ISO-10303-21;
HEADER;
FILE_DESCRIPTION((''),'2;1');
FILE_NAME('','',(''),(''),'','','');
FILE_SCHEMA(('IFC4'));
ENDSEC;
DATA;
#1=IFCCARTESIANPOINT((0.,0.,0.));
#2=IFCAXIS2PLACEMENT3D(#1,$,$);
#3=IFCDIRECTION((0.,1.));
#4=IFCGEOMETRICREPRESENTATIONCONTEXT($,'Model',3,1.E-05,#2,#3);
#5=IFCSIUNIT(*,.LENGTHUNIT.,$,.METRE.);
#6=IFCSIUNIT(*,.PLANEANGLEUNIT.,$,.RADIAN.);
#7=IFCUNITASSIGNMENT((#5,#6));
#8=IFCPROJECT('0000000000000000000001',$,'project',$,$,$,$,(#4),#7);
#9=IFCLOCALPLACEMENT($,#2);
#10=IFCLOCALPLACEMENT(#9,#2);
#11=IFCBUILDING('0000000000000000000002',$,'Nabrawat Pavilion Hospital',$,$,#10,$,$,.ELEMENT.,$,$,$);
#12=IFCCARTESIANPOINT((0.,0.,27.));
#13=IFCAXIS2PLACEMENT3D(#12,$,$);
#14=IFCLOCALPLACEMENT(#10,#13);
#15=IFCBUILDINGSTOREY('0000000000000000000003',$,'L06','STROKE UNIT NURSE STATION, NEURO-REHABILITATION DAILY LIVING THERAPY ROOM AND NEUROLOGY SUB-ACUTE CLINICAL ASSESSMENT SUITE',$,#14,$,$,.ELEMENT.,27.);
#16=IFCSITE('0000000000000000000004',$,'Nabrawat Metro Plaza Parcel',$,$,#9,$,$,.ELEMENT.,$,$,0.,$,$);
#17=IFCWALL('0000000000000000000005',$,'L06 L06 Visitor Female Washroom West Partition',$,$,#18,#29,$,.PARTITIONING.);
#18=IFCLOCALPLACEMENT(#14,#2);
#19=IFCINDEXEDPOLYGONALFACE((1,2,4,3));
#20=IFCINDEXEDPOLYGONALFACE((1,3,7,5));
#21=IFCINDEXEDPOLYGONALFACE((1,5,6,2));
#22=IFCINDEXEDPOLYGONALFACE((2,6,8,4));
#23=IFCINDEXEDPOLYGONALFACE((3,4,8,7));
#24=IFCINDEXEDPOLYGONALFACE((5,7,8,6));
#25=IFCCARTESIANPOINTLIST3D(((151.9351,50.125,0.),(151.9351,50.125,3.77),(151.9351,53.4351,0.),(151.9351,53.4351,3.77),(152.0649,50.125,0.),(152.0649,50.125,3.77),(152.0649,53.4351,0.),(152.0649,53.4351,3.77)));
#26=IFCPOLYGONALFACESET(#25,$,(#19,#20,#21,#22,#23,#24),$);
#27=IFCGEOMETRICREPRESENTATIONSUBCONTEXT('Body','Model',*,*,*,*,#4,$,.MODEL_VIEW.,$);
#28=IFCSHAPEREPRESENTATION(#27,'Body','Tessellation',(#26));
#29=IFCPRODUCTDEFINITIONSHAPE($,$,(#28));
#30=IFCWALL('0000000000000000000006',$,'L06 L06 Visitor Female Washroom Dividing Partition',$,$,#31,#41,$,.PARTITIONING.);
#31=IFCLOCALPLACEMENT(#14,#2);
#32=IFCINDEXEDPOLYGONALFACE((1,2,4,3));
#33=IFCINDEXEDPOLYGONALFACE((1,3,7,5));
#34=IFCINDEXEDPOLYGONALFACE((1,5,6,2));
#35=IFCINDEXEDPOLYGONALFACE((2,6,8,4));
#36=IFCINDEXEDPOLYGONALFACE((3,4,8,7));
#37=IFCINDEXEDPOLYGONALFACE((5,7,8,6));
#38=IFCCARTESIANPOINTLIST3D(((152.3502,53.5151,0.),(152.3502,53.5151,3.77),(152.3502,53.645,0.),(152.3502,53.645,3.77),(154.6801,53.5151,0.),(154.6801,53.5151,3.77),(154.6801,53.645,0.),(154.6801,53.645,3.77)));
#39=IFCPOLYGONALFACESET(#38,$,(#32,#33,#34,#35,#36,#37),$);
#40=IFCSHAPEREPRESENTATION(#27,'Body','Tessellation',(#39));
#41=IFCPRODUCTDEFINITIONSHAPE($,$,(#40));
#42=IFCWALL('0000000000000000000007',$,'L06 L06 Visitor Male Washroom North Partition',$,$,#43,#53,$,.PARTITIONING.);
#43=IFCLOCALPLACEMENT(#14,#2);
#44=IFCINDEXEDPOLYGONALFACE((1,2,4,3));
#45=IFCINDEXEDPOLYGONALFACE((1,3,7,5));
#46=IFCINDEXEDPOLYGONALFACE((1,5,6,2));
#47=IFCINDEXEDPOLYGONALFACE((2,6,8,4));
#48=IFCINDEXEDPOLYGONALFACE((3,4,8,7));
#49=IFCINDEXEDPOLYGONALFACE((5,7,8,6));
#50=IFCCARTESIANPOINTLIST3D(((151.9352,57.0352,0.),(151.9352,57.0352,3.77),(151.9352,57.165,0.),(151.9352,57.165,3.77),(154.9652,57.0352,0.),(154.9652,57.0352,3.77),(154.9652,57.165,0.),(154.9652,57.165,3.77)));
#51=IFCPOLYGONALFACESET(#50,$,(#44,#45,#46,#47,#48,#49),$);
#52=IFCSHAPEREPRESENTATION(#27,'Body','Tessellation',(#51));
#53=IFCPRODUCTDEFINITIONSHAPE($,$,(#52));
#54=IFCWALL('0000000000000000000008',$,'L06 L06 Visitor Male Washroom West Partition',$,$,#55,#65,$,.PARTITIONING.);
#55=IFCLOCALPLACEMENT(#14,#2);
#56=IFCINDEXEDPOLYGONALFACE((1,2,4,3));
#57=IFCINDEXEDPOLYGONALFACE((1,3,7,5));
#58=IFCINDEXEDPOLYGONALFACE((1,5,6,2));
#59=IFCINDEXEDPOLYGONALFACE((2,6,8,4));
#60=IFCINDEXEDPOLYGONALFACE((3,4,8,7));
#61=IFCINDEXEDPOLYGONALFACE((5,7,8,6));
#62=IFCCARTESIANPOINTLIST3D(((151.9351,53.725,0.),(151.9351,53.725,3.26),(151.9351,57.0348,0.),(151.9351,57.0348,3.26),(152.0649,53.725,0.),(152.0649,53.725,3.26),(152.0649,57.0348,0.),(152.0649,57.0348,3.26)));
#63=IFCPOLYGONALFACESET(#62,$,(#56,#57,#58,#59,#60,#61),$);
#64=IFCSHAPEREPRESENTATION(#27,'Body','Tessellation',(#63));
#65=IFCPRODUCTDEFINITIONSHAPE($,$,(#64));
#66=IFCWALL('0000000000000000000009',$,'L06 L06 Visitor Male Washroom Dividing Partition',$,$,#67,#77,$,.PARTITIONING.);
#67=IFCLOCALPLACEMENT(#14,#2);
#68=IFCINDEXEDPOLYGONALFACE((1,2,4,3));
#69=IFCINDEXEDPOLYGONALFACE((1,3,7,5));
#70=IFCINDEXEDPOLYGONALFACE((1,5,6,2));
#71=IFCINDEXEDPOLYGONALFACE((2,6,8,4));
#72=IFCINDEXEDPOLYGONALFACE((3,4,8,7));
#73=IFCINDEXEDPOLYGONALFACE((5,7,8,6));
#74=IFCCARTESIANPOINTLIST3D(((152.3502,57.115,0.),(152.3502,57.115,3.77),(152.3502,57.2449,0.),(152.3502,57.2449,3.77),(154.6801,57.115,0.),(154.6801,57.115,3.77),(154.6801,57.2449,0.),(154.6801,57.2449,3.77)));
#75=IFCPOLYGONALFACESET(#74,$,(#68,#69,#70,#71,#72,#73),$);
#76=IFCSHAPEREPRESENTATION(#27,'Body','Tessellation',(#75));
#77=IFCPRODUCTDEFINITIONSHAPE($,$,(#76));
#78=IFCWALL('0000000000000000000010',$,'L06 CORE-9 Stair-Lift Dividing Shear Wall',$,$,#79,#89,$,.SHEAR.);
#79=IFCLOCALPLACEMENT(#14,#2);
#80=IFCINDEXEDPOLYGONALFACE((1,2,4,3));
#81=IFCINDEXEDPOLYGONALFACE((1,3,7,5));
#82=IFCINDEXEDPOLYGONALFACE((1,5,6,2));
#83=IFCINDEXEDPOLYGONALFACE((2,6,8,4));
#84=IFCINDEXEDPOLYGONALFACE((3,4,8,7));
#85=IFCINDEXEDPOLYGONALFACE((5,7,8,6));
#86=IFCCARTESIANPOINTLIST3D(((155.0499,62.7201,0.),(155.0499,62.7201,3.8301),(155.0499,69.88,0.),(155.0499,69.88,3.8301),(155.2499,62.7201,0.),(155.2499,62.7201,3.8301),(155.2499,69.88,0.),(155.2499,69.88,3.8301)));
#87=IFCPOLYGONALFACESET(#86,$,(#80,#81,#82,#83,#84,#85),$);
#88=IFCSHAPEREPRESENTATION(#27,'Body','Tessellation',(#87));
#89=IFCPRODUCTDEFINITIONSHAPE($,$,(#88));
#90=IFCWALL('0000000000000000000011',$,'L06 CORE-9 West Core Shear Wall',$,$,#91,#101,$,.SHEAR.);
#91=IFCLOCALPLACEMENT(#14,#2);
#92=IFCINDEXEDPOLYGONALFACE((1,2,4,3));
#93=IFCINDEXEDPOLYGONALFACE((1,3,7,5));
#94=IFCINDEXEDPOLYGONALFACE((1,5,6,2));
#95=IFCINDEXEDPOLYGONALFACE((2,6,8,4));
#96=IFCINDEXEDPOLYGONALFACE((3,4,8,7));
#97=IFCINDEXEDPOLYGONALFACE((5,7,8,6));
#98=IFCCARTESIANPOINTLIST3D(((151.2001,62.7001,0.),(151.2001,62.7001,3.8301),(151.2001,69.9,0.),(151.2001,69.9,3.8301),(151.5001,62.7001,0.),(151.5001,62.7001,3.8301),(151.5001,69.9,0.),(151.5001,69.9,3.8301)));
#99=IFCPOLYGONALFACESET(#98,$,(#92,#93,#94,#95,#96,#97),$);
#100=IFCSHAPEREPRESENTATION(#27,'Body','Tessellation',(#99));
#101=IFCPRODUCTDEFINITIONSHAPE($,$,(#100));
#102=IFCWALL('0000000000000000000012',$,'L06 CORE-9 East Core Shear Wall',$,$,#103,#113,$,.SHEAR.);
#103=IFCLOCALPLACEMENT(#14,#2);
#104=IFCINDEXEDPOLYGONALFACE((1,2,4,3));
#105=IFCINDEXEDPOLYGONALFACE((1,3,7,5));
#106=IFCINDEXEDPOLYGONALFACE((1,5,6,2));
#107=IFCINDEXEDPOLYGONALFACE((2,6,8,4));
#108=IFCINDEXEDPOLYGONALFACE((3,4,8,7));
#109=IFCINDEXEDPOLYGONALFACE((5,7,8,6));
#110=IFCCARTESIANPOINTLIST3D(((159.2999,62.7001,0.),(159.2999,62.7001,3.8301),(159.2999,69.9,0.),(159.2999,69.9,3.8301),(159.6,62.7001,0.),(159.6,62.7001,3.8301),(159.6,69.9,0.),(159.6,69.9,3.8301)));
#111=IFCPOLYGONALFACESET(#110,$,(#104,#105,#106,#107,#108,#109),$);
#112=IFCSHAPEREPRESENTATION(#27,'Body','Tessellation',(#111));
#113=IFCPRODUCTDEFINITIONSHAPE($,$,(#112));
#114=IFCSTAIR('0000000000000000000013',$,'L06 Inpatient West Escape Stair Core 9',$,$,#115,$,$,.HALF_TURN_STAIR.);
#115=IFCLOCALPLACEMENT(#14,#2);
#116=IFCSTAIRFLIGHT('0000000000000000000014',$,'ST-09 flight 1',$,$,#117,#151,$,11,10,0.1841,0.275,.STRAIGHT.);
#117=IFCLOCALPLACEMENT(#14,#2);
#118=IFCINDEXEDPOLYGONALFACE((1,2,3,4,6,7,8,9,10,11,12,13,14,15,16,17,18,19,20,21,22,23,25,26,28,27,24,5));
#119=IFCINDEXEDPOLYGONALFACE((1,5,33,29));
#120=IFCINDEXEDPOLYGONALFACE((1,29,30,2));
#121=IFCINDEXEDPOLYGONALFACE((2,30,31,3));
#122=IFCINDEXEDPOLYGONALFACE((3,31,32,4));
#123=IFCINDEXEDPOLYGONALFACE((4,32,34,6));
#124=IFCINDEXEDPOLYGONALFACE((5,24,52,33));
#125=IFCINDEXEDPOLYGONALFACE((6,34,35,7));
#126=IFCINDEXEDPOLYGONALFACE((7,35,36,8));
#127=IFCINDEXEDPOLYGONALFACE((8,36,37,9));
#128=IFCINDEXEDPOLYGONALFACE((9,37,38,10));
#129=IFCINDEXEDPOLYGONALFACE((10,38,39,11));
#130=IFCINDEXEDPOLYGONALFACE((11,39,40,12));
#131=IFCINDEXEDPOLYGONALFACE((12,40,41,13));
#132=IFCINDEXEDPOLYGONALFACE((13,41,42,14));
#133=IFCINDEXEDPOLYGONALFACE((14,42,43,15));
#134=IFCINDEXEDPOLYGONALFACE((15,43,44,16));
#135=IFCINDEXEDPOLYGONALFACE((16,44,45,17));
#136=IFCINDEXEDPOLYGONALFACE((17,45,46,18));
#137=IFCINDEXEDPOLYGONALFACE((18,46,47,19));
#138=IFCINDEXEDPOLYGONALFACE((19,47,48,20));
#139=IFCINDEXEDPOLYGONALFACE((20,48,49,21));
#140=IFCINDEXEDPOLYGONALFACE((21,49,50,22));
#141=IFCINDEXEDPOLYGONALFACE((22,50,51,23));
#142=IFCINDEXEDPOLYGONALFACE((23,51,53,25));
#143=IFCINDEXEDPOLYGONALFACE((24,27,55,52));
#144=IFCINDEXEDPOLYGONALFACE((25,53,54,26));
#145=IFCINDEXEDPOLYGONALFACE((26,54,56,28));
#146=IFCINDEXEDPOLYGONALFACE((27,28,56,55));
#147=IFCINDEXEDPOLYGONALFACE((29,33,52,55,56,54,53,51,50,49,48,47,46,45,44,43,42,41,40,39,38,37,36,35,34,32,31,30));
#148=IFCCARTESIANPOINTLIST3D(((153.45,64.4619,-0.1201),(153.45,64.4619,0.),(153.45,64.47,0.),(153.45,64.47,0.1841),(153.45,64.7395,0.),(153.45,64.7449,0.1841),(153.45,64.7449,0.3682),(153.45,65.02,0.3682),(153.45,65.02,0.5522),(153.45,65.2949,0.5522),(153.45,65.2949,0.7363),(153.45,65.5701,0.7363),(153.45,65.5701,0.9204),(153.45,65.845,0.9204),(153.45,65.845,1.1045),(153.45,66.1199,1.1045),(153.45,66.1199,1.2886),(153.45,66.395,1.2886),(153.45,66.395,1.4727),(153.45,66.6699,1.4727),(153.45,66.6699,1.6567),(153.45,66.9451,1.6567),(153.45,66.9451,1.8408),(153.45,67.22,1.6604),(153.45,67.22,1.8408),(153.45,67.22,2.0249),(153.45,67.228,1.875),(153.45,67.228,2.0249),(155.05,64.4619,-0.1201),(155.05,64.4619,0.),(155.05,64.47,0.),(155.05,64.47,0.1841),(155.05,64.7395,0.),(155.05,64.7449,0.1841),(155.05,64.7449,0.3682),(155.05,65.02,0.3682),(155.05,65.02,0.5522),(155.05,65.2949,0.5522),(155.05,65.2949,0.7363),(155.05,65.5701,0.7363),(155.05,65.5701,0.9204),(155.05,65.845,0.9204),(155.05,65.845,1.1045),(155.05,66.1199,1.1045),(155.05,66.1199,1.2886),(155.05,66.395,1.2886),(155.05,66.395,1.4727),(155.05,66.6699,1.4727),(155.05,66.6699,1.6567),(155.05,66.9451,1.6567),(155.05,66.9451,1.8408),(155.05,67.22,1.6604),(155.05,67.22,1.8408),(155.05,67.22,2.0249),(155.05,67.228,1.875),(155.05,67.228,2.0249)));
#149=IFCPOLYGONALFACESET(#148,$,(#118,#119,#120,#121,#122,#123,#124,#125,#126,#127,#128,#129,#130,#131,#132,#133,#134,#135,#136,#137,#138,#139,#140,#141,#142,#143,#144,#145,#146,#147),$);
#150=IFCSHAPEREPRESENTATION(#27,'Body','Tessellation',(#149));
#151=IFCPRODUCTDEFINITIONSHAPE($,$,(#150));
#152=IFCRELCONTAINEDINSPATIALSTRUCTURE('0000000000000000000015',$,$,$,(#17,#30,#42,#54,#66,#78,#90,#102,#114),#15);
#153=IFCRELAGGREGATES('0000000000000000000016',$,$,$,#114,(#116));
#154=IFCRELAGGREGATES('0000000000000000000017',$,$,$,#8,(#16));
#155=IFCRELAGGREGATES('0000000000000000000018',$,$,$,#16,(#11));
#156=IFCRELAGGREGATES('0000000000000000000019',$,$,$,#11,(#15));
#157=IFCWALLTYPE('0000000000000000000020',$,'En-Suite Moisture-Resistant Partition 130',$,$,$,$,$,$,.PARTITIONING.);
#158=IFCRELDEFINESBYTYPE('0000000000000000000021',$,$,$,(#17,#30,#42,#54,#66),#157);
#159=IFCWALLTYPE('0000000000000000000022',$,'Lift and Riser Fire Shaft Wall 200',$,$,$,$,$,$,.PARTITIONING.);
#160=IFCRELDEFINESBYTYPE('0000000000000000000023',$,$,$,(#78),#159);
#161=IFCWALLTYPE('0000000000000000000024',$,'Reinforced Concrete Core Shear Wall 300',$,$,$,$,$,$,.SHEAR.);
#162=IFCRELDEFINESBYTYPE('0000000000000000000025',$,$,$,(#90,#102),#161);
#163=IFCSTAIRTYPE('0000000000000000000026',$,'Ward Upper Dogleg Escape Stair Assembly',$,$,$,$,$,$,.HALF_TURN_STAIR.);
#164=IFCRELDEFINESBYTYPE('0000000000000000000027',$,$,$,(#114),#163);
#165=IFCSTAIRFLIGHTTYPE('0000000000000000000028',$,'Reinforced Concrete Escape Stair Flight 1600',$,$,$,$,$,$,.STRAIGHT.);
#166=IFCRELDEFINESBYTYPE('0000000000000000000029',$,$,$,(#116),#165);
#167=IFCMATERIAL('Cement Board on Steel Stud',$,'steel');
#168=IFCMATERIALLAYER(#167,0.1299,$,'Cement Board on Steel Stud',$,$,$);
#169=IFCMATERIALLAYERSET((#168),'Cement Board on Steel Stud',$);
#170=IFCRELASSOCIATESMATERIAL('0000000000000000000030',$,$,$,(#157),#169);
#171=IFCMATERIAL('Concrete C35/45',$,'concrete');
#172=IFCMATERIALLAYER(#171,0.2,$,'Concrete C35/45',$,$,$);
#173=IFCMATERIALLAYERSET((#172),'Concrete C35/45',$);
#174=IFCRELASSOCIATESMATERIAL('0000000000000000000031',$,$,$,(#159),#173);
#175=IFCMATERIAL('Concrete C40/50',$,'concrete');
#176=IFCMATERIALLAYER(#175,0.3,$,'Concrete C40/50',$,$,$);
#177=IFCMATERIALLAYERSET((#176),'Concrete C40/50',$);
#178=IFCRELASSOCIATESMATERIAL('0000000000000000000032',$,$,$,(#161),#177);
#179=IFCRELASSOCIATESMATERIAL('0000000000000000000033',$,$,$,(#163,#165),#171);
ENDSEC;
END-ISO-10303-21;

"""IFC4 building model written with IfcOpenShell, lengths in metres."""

from ifc_helpers import new_model, si_unit, direction, frame, frame_2d, origin, place, context, subcontext, project, spatial, polyline, rectangle, outline, extrude, material, layer, layer_set, type_object, element, aggregate, save


model = new_model("IFC4")

# Units and contexts
model_context = context("Model", 3, precision=1e-05, world=origin(), true_north=direction((0.0, 1.0)))
body_context = subcontext(model_context, "Body", "Model", "MODEL_VIEW")
ifc_project = project(units=[si_unit("LENGTHUNIT", "METRE"), si_unit("PLANEANGLEUNIT", "RADIAN")], contexts=[model_context])

# Site, building, storey
site_placement = place(None, origin())
site = spatial("IfcSite", under=ifc_project, at=site_placement, Name="Nabrawat Metro Plaza Parcel", CompositionType="ELEMENT", RefElevation=0.0)
building_placement = place(site_placement, origin())
building = spatial("IfcBuilding", under=site, at=building_placement, Name="Nabrawat Pavilion Hospital", CompositionType="ELEMENT")
storey_placement = place(building_placement, frame((0.0, 0.0, 27.0)))
storey = spatial("IfcBuildingStorey", under=building, at=storey_placement, Name="L06", Description="STROKE UNIT NURSE STATION, NEURO-REHABILITATION DAILY LIVING THERAPY ROOM AND NEUROLOGY SUB-ACUTE CLINICAL ASSESSMENT SUITE", CompositionType="ELEMENT", Elevation=27.0)

# Shared definitions
ifc_material_1 = material(Name="Concrete C40/50", Category="concrete")

# Walls
ifc_material_2 = material(Name="Cement Board on Steel Stud", Category="steel")
ifc_layer_1 = layer(ifc_material_2, 0.1299, Name="Cement Board on Steel Stud")
ifc_layer_set_1 = layer_set([ifc_layer_1], Name="Cement Board on Steel Stud")
wall_type_1 = type_object("IfcWallType", Name="En-Suite Moisture-Resistant Partition 130", PredefinedType="PARTITIONING", material=ifc_layer_set_1)
wall_1_placement = place(storey_placement, frame((152.0, 50.125, 0.0), z_axis=(0.0, 0.0, 1.0), x_axis=(0.0, 1.0, 0.0)))
element("IfcWall", 1, at=wall_1_placement, inside=storey, type_object=wall_type_1, Name="L06 L06 Visitor Female Washroom West Partition", PredefinedType="PARTITIONING", context=body_context, shape_type="SweptSolid", body=[
    extrude(rectangle(XDim=3.3101, YDim=0.1299, at=frame_2d((1.655, 0.0))), origin(), (0.0, 0.0, 1.0), 3.77),
])
wall_2_placement = place(storey_placement, frame((152.3501, 53.5801, 0.0), z_axis=(0.0, 0.0, 1.0), x_axis=(1.0, 0.0, 0.0)))
element("IfcWall", 2, at=wall_2_placement, inside=storey, type_object=wall_type_1, Name="L06 L06 Visitor Female Washroom Dividing Partition", PredefinedType="PARTITIONING", context=body_context, shape_type="SweptSolid", body=[
    extrude(rectangle(XDim=2.3298, YDim=0.1299, at=frame_2d((1.165, 0.0))), origin(), (0.0, 0.0, 1.0), 3.77),
])
wall_3_placement = place(storey_placement, frame((151.9351, 57.1001, 0.0), z_axis=(0.0, 0.0, 1.0), x_axis=(1.0, 0.0, 0.0)))
element("IfcWall", 3, at=wall_3_placement, inside=storey, type_object=wall_type_1, Name="L06 L06 Visitor Male Washroom North Partition", PredefinedType="PARTITIONING", context=body_context, shape_type="SweptSolid", body=[
    extrude(rectangle(XDim=3.03, YDim=0.1299, at=frame_2d((1.5151, 0.0))), origin(), (0.0, 0.0, 1.0), 3.77),
])
wall_4_placement = place(storey_placement, frame((152.0, 53.7251, 0.0), z_axis=(0.0, 0.0, 1.0), x_axis=(0.0, 1.0, 0.0)))
element("IfcWall", 4, at=wall_4_placement, inside=storey, type_object=wall_type_1, Name="L06 L06 Visitor Male Washroom West Partition", PredefinedType="PARTITIONING", context=body_context, shape_type="SweptSolid", body=[
    extrude(rectangle(XDim=3.3098, YDim=0.1299, at=frame_2d((1.6548, 0.0))), origin(), (0.0, 0.0, 1.0), 3.26),
])
wall_5_placement = place(storey_placement, frame((152.3501, 57.1799, 0.0), z_axis=(0.0, 0.0, 1.0), x_axis=(1.0, 0.0, 0.0)))
element("IfcWall", 5, at=wall_5_placement, inside=storey, type_object=wall_type_1, Name="L06 L06 Visitor Male Washroom Dividing Partition", PredefinedType="PARTITIONING", context=body_context, shape_type="SweptSolid", body=[
    extrude(rectangle(XDim=2.3298, YDim=0.1299, at=frame_2d((1.165, 0.0))), origin(), (0.0, 0.0, 1.0), 3.77),
])
ifc_material_3 = material(Name="Concrete C35/45", Category="concrete")
ifc_layer_2 = layer(ifc_material_3, 0.2, Name="Concrete C35/45")
ifc_layer_set_2 = layer_set([ifc_layer_2], Name="Concrete C35/45")
wall_type_2 = type_object("IfcWallType", Name="Lift and Riser Fire Shaft Wall 200", PredefinedType="PARTITIONING", material=ifc_layer_set_2)
wall_6_placement = place(storey_placement, frame((155.1499, 62.72, 0.0), z_axis=(0.0, 0.0, 1.0), x_axis=(0.0, 1.0, 0.0)))
element("IfcWall", 6, at=wall_6_placement, inside=storey, type_object=wall_type_2, Name="L06 CORE-9 Stair-Lift Dividing Shear Wall", PredefinedType="SHEAR", context=body_context, shape_type="SweptSolid", body=[
    extrude(rectangle(XDim=7.1599, YDim=0.2, at=frame_2d((3.5801, 0.0))), origin(), (0.0, 0.0, 1.0), 3.8301),
])
ifc_layer_3 = layer(ifc_material_1, 0.3, Name="Concrete C40/50")
ifc_layer_set_3 = layer_set([ifc_layer_3], Name="Concrete C40/50")
wall_type_3 = type_object("IfcWallType", Name="Reinforced Concrete Core Shear Wall 300", PredefinedType="SHEAR", material=ifc_layer_set_3)
for number, where, z_axis, x_axis, name in (
    (7, (151.3501, 62.7, 0.0), (0.0, 0.0, 1.0), (0.0, 1.0, 0.0), "L06 CORE-9 West Core Shear Wall"),
    (8, (159.45, 62.7, 0.0), (0.0, 0.0, 1.0), (0.0, 1.0, 0.0), "L06 CORE-9 East Core Shear Wall"),
):
    element("IfcWall", number, at=place(storey_placement, frame(where, z_axis=z_axis, x_axis=x_axis)), inside=storey, type_object=wall_type_3, Name=name, PredefinedType="SHEAR", context=body_context, shape_type="SweptSolid", body=[
        extrude(rectangle(XDim=7.2, YDim=0.3, at=frame_2d((3.6001, 0.0))), origin(), (0.0, 0.0, 1.0), 3.8301),
    ])

# Stair, stair flight
stair_type = type_object("IfcStairType", Name="Ward Upper Dogleg Escape Stair Assembly", PredefinedType="HALF_TURN_STAIR", material=ifc_material_3)
stair_placement = place(storey_placement, origin())
stair = element("IfcStair", 9, at=stair_placement, inside=storey, type_object=stair_type, Name="L06 Inpatient West Escape Stair Core 9", PredefinedType="HALF_TURN_STAIR")
stair_flight_type = type_object("IfcStairFlightType", Name="Reinforced Concrete Escape Stair Flight 1600", PredefinedType="STRAIGHT", material=ifc_material_3)
stair_flight_placement = place(storey_placement, frame((154.25, 64.47, 0.0), z_axis=(0.0, 0.0, 1.0), x_axis=(0.0, 1.0, 0.0)))
stair_flight = element("IfcStairFlight", 10, at=stair_flight_placement, type_object=stair_flight_type, Name="ST-09 flight 1", NumberOfRisers=11, NumberOfTreads=10, PredefinedType="STRAIGHT", RiserHeight=0.1841, TreadLength=0.275, context=body_context, shape_type="SweptSolid", body=[
    extrude(outline(polyline([(-0.0081, 0.0), (0.0, 0.0), (0.0, 0.1841), (0.2749, 0.1841), (0.2749, 0.3682), (0.55, 0.3682), (0.55, 0.5522), (0.825, 0.5522), (0.825, 0.7363), (1.1001, 0.7363), (1.1001, 0.9204), (1.375, 0.9204), (1.375, 1.1045), (1.6499, 1.1045), (1.6499, 1.2886), (1.925, 1.2886), (1.925, 1.4727), (2.2, 1.4727), (2.2, 1.6567), (2.4751, 1.6567), (2.4751, 1.8408), (2.75, 1.8408), (2.75, 2.0249), (2.7581, 2.0249), (2.7581, 1.875), (2.75, 1.6604), (0.2695, 0.0), (-0.0081, -0.1201), (-0.0081, 0.0)])), frame((0.0, 0.8, 0.0), z_axis=(0.0, -1.0, 0.0), x_axis=(1.0, 0.0, 0.0)), (0.0, 0.0, 1.0), 1.6001),
])
aggregate(stair, [stair_flight])

save(model, "model.ifc")
